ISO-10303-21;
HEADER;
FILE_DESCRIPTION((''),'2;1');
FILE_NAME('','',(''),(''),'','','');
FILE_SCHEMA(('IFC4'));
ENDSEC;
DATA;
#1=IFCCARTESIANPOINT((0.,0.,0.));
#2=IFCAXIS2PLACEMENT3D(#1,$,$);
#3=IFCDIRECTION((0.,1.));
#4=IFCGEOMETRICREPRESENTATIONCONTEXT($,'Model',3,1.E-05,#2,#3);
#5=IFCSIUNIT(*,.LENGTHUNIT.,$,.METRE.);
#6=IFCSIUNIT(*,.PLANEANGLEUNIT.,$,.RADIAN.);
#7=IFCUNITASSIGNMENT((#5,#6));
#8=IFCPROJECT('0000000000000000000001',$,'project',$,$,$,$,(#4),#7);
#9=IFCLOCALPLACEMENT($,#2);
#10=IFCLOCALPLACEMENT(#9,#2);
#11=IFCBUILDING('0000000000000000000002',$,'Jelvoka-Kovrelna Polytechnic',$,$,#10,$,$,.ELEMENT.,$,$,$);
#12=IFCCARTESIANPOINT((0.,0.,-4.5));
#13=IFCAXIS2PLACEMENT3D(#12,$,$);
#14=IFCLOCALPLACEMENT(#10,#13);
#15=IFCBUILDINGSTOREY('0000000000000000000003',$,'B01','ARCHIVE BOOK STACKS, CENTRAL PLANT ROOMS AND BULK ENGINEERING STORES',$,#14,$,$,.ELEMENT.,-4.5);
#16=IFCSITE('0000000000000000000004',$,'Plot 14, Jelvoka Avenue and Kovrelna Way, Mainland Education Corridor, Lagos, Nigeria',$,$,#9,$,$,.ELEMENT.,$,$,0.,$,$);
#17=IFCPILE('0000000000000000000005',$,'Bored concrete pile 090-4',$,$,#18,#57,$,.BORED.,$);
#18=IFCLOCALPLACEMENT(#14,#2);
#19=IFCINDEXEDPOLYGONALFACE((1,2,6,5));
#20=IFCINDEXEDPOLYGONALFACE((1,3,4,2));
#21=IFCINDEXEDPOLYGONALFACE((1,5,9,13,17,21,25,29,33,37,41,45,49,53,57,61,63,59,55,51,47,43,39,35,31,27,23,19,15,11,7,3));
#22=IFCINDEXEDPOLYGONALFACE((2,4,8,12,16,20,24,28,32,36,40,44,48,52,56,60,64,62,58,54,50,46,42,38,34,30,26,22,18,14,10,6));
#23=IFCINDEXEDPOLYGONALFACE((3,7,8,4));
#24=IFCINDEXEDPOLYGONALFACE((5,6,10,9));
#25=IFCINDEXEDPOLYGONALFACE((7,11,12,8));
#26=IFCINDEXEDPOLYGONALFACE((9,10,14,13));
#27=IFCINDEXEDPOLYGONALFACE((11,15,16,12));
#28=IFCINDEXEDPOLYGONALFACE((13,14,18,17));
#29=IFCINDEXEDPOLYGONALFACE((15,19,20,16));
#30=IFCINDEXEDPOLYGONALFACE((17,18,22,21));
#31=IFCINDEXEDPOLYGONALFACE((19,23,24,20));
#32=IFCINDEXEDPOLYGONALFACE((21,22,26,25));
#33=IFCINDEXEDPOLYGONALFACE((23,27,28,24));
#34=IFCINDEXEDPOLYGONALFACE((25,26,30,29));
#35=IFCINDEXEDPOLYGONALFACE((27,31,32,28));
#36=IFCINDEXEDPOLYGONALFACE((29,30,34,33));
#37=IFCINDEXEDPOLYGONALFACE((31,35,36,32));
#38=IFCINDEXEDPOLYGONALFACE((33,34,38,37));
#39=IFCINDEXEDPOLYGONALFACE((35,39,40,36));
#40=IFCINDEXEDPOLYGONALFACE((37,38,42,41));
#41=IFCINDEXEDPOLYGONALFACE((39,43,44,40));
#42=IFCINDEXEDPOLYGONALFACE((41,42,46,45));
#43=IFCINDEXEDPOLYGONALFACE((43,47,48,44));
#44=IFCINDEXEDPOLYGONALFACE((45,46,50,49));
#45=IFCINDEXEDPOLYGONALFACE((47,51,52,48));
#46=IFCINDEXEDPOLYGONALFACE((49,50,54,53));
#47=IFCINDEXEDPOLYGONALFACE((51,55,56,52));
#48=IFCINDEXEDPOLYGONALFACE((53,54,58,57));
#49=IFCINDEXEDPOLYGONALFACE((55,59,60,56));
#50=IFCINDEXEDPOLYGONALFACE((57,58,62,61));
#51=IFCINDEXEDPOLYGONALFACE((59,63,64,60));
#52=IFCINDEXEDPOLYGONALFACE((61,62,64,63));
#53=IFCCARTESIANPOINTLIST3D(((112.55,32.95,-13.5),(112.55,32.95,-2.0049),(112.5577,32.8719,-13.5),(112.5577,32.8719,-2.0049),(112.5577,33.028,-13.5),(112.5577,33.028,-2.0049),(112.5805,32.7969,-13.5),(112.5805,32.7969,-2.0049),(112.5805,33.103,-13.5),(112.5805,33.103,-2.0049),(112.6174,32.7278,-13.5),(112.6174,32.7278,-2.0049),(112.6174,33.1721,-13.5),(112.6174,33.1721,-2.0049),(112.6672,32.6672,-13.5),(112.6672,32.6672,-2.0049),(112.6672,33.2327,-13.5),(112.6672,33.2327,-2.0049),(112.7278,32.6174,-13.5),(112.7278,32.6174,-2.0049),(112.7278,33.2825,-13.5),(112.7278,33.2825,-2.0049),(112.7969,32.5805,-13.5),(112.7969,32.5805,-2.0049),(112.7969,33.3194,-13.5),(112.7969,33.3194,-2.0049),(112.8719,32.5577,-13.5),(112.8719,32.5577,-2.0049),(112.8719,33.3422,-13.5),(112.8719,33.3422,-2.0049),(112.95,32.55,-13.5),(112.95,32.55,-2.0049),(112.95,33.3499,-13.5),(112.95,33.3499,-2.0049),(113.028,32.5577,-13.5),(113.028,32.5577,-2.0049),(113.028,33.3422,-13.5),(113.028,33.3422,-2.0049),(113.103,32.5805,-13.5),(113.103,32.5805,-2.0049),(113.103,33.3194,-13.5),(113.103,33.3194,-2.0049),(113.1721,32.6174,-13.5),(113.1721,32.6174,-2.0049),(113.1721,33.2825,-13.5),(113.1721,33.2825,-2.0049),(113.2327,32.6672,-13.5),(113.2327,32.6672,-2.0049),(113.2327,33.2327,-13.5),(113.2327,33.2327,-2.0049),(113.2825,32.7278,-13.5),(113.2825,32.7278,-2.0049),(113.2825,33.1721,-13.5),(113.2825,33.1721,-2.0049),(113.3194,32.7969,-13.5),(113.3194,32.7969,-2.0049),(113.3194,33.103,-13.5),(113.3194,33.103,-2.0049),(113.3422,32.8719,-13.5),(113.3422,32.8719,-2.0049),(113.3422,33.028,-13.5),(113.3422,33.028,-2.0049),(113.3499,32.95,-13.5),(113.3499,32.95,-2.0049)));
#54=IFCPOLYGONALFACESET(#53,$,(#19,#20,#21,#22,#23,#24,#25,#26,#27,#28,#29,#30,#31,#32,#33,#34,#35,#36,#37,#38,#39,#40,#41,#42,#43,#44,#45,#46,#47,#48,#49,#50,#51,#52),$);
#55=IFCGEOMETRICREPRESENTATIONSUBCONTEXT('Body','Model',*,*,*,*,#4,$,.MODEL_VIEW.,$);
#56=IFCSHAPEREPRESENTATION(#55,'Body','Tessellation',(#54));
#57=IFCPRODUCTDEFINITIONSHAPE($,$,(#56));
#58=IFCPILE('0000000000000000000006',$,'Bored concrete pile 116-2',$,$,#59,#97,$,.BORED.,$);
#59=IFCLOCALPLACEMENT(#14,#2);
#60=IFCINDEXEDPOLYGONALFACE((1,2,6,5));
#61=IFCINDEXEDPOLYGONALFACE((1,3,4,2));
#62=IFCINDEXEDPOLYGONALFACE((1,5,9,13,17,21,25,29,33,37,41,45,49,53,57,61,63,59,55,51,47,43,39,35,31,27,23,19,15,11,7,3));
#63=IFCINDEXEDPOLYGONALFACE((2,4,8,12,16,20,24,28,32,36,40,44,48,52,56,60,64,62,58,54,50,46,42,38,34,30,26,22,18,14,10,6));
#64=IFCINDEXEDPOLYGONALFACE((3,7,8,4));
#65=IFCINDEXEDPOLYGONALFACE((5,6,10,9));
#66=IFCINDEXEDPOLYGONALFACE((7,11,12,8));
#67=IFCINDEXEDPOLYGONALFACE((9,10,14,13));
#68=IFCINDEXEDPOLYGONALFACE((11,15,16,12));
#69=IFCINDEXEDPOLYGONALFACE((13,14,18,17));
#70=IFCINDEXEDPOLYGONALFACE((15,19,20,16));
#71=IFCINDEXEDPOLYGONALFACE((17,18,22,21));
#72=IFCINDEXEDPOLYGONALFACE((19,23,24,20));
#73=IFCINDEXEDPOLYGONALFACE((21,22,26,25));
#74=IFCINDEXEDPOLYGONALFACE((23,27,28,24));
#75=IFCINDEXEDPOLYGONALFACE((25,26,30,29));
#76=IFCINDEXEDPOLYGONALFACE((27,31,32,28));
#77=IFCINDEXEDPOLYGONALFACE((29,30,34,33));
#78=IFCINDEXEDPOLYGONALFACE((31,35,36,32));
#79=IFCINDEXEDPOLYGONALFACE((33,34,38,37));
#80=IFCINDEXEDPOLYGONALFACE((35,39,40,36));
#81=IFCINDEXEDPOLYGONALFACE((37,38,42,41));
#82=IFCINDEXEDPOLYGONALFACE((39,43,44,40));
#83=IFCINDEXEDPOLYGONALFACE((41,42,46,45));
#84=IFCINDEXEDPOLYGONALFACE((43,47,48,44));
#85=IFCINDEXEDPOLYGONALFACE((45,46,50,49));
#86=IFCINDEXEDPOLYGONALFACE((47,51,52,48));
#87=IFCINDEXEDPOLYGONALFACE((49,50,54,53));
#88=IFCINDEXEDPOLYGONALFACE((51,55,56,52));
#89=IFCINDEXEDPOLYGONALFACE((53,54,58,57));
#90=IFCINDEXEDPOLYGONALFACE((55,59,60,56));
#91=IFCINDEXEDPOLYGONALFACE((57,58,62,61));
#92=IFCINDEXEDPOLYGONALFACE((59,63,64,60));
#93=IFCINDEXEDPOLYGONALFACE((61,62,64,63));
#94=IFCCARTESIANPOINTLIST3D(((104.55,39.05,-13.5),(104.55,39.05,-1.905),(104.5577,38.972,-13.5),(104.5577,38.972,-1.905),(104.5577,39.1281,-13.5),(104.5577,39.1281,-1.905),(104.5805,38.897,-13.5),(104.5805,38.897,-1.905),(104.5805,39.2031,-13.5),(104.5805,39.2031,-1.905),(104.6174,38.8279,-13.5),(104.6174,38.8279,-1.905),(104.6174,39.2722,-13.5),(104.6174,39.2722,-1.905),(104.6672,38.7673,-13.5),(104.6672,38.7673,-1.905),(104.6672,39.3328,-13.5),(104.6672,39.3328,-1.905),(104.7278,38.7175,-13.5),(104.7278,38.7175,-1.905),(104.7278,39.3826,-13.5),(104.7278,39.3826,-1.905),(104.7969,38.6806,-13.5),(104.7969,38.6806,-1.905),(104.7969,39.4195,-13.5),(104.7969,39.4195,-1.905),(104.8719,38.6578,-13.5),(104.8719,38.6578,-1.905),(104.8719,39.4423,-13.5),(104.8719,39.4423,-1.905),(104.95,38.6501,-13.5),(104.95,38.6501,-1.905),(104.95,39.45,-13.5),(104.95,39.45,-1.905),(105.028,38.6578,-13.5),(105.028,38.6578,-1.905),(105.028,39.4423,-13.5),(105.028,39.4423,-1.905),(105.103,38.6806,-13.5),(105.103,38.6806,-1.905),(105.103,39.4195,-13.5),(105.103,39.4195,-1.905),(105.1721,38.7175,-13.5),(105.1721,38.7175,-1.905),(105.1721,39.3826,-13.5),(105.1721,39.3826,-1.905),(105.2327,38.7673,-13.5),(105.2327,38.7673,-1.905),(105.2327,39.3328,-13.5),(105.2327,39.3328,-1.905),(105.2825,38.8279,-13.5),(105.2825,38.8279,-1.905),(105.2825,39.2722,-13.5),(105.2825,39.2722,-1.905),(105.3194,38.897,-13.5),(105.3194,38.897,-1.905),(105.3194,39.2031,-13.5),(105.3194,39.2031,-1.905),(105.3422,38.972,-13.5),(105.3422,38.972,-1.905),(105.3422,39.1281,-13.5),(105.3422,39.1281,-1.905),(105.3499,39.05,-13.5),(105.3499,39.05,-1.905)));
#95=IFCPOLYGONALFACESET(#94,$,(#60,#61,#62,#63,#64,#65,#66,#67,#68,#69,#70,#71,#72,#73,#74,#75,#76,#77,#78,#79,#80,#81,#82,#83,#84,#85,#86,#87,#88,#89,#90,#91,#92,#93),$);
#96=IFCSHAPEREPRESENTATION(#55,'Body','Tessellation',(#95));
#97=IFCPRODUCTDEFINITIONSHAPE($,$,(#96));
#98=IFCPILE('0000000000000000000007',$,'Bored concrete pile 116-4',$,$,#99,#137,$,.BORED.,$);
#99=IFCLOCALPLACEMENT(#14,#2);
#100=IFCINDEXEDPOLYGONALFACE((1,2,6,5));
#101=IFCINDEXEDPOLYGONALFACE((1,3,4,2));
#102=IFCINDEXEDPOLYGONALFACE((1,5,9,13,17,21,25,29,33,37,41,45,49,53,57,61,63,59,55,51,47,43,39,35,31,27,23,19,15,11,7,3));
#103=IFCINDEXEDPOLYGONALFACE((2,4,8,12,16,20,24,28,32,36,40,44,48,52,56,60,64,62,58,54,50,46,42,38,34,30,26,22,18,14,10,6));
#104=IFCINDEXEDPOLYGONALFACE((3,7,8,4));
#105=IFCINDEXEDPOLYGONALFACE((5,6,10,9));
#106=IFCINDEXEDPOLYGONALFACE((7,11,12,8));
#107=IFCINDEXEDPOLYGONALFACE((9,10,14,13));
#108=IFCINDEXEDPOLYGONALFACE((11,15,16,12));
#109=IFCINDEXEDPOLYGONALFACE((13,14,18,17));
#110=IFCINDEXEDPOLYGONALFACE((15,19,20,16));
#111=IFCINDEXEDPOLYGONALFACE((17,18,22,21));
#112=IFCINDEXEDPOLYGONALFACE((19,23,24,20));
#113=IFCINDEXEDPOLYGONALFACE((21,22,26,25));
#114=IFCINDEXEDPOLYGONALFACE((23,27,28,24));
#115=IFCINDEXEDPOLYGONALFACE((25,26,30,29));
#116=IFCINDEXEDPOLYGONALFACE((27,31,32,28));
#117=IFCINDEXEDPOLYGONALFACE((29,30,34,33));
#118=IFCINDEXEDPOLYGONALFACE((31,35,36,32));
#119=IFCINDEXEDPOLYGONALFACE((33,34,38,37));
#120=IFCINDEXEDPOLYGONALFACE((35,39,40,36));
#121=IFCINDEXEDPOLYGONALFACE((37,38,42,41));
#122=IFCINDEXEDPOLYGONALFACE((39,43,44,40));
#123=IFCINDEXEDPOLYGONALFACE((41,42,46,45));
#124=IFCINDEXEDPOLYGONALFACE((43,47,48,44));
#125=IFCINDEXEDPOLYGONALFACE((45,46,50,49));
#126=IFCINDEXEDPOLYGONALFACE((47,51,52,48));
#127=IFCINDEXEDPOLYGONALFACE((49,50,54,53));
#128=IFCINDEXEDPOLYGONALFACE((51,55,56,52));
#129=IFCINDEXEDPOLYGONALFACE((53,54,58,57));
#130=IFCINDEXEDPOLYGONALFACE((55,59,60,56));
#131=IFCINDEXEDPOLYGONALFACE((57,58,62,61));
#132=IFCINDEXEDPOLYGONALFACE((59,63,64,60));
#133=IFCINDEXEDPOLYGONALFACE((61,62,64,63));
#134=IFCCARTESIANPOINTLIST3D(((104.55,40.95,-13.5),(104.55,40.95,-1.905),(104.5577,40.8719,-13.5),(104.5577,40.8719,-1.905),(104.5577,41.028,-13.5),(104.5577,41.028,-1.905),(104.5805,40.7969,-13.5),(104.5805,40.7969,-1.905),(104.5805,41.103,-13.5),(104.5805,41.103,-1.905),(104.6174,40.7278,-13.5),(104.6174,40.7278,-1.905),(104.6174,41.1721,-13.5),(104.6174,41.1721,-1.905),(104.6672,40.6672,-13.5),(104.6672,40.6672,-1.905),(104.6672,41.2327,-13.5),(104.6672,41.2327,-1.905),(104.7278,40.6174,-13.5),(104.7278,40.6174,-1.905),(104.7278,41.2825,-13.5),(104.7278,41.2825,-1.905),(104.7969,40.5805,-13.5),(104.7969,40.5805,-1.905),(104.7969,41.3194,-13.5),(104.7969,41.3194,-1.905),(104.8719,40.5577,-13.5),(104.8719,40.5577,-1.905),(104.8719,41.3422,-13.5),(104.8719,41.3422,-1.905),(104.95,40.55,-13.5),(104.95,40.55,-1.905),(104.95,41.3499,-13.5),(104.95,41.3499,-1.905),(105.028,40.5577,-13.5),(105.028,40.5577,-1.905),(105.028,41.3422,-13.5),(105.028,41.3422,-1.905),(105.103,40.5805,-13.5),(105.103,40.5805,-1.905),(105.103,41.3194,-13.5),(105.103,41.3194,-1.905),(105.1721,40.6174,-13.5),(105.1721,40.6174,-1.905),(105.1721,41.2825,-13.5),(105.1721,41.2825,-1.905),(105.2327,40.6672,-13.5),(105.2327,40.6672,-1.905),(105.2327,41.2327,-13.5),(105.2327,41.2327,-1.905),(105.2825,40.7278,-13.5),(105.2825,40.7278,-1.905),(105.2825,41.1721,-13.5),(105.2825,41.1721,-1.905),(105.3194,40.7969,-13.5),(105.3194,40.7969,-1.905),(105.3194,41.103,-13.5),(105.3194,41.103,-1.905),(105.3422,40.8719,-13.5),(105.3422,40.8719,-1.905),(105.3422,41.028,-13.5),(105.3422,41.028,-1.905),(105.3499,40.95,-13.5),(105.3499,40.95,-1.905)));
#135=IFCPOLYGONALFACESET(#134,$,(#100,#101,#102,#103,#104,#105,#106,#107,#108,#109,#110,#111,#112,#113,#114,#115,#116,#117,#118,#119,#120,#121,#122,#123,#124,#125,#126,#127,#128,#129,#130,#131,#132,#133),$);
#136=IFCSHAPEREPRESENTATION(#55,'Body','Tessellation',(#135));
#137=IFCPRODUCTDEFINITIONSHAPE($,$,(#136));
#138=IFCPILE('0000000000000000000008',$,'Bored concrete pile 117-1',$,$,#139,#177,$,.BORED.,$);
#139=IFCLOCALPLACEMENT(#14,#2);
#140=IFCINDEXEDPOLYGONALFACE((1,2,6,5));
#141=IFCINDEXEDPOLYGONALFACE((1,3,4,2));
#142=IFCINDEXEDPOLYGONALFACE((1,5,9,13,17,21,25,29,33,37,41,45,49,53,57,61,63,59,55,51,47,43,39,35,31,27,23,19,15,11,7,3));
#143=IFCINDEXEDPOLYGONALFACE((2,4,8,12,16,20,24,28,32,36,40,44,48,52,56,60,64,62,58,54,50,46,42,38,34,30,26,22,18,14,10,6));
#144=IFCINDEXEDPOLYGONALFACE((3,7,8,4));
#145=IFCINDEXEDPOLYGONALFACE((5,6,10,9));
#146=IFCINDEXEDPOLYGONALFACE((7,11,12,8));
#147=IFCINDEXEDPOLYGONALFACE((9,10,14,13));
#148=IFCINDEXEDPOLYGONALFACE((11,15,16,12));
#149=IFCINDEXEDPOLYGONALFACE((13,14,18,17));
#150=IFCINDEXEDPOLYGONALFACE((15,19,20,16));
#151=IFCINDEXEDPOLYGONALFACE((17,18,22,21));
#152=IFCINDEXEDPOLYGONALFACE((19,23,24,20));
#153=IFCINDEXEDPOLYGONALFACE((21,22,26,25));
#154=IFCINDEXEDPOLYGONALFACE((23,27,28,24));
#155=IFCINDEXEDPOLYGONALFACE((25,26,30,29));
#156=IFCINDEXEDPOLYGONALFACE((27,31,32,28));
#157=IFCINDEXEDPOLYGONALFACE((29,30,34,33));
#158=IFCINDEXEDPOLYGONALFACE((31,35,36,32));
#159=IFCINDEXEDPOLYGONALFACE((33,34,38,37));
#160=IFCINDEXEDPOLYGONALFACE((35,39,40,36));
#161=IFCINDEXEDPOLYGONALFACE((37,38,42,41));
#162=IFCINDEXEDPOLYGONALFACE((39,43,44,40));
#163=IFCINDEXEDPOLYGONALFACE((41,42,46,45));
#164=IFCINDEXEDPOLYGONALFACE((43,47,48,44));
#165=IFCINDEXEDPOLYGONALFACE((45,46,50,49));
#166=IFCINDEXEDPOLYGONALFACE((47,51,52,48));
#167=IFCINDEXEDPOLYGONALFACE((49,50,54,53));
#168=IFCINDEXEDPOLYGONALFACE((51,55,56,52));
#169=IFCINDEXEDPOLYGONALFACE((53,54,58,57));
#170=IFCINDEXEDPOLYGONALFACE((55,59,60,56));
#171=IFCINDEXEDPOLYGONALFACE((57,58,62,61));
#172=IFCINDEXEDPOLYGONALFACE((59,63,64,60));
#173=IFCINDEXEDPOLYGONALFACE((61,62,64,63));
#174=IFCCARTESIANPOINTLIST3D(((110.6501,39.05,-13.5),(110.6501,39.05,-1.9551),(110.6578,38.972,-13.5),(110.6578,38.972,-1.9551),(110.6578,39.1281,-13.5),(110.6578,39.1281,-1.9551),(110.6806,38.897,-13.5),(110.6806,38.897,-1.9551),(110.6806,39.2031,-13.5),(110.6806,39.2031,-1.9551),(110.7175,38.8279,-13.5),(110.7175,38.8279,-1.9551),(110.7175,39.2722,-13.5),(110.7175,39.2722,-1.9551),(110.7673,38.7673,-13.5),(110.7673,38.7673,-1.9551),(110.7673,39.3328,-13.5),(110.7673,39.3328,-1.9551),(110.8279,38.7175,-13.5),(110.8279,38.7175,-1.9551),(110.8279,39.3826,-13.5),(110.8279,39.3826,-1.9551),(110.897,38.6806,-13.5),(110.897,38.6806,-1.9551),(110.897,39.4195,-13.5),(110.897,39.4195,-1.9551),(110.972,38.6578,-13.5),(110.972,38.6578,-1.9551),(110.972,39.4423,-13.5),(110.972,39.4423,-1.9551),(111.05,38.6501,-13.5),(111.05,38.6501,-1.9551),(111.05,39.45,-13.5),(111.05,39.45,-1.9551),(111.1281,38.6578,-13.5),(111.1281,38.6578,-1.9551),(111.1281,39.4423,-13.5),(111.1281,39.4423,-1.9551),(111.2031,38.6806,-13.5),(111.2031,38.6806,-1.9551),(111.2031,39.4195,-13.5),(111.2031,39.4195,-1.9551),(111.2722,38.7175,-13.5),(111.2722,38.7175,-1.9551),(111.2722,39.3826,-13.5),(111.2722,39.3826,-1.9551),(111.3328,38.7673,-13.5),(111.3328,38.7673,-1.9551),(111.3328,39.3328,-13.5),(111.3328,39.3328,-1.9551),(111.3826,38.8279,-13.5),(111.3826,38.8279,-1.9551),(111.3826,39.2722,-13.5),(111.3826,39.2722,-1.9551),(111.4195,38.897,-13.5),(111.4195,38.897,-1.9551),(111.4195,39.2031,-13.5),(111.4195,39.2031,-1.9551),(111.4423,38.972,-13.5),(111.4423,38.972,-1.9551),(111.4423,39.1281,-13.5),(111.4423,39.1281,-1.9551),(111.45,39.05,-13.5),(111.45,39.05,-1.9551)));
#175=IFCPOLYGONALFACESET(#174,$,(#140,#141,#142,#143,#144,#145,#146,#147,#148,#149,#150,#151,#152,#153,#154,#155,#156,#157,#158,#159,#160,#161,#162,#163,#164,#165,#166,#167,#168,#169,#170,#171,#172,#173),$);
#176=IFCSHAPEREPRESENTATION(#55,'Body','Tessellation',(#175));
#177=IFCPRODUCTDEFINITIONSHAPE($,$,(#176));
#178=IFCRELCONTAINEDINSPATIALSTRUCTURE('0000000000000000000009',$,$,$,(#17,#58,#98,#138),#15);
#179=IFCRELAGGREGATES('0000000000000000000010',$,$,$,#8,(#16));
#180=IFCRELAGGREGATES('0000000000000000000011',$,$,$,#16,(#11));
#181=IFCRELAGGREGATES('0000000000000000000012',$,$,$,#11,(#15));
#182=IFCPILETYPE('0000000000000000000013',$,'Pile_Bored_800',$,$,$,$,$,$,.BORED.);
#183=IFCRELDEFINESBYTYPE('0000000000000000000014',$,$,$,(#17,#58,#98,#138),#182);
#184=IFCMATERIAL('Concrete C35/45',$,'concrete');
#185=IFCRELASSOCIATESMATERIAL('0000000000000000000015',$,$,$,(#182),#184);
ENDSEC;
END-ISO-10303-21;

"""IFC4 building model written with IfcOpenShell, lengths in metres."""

from ifc_helpers import new_model, si_unit, direction, frame, origin, origin_2d, place, context, subcontext, project, spatial, circle, extrude, material, material_profile, profile_set, type_object, element, save


model = new_model("IFC4")

# Units and contexts
model_context = context("Model", 3, precision=1e-05, world=origin(), true_north=direction((0.0, 1.0)))
body_context = subcontext(model_context, "Body", "Model", "MODEL_VIEW")
ifc_project = project(units=[si_unit("LENGTHUNIT", "METRE"), si_unit("PLANEANGLEUNIT", "RADIAN")], contexts=[model_context])

# Site, building, storey
site_placement = place(None, origin())
site = spatial("IfcSite", under=ifc_project, at=site_placement, Name="Plot 14, Jelvoka Avenue and Kovrelna Way, Mainland Education Corridor, Lagos, Nigeria", CompositionType="ELEMENT", RefElevation=0.0)
building_placement = place(site_placement, origin())
building = spatial("IfcBuilding", under=site, at=building_placement, Name="Jelvoka-Kovrelna Polytechnic", CompositionType="ELEMENT")
storey_placement = place(building_placement, frame((0.0, 0.0, -4.5)))
storey = spatial("IfcBuildingStorey", under=building, at=storey_placement, Name="B01", Description="ARCHIVE BOOK STACKS, CENTRAL PLANT ROOMS AND BULK ENGINEERING STORES", CompositionType="ELEMENT", Elevation=-4.5)

# Piles
ifc_material_1 = material(Name="Concrete C35/45", Category="concrete")
ifc_material_profile_1 = material_profile(ifc_material_1, circle(Radius=0.3999, at=origin_2d()), Name="PILE D800")
ifc_profile_set_1 = profile_set([ifc_material_profile_1], Name="Concrete C35/45")
pile_type = type_object("IfcPileType", Name="Pile_Bored_800", PredefinedType="BORED", material=ifc_profile_set_1)
for number, where, z_axis, x_axis, name in (
    (1, (112.95, 32.95, -2.0049), (0.0, 0.0, -1.0), (1.0, 0.0, 0.0), "Bored concrete pile 090-4"),
):
    element("IfcPile", number, at=place(storey_placement, frame(where, z_axis=z_axis, x_axis=x_axis)), inside=storey, type_object=pile_type, Name=name, PredefinedType="BORED", context=body_context, shape_type="SweptSolid", body=[
        extrude(circle(Radius=0.3999, at=origin_2d()), origin(), (0.0, 0.0, 1.0), 11.4951),
    ])
for number, where, z_axis, x_axis, name in (
    (2, (104.95, 39.05, -1.905), (0.0, 0.0, -1.0), (1.0, 0.0, 0.0), "Bored concrete pile 116-2"),
    (3, (104.95, 40.95, -1.905), (0.0, 0.0, -1.0), (1.0, 0.0, 0.0), "Bored concrete pile 116-4"),
):
    element("IfcPile", number, at=place(storey_placement, frame(where, z_axis=z_axis, x_axis=x_axis)), inside=storey, type_object=pile_type, Name=name, PredefinedType="BORED", context=body_context, shape_type="SweptSolid", body=[
        extrude(circle(Radius=0.3999, at=origin_2d()), origin(), (0.0, 0.0, 1.0), 11.595),
    ])
for number, where, z_axis, x_axis, name in (
    (4, (111.05, 39.05, -1.9551), (0.0, 0.0, -1.0), (1.0, 0.0, 0.0), "Bored concrete pile 117-1"),
):
    element("IfcPile", number, at=place(storey_placement, frame(where, z_axis=z_axis, x_axis=x_axis)), inside=storey, type_object=pile_type, Name=name, PredefinedType="BORED", context=body_context, shape_type="SweptSolid", body=[
        extrude(circle(Radius=0.3999, at=origin_2d()), origin(), (0.0, 0.0, 1.0), 11.5449),
    ])

save(model, "model.ifc")
